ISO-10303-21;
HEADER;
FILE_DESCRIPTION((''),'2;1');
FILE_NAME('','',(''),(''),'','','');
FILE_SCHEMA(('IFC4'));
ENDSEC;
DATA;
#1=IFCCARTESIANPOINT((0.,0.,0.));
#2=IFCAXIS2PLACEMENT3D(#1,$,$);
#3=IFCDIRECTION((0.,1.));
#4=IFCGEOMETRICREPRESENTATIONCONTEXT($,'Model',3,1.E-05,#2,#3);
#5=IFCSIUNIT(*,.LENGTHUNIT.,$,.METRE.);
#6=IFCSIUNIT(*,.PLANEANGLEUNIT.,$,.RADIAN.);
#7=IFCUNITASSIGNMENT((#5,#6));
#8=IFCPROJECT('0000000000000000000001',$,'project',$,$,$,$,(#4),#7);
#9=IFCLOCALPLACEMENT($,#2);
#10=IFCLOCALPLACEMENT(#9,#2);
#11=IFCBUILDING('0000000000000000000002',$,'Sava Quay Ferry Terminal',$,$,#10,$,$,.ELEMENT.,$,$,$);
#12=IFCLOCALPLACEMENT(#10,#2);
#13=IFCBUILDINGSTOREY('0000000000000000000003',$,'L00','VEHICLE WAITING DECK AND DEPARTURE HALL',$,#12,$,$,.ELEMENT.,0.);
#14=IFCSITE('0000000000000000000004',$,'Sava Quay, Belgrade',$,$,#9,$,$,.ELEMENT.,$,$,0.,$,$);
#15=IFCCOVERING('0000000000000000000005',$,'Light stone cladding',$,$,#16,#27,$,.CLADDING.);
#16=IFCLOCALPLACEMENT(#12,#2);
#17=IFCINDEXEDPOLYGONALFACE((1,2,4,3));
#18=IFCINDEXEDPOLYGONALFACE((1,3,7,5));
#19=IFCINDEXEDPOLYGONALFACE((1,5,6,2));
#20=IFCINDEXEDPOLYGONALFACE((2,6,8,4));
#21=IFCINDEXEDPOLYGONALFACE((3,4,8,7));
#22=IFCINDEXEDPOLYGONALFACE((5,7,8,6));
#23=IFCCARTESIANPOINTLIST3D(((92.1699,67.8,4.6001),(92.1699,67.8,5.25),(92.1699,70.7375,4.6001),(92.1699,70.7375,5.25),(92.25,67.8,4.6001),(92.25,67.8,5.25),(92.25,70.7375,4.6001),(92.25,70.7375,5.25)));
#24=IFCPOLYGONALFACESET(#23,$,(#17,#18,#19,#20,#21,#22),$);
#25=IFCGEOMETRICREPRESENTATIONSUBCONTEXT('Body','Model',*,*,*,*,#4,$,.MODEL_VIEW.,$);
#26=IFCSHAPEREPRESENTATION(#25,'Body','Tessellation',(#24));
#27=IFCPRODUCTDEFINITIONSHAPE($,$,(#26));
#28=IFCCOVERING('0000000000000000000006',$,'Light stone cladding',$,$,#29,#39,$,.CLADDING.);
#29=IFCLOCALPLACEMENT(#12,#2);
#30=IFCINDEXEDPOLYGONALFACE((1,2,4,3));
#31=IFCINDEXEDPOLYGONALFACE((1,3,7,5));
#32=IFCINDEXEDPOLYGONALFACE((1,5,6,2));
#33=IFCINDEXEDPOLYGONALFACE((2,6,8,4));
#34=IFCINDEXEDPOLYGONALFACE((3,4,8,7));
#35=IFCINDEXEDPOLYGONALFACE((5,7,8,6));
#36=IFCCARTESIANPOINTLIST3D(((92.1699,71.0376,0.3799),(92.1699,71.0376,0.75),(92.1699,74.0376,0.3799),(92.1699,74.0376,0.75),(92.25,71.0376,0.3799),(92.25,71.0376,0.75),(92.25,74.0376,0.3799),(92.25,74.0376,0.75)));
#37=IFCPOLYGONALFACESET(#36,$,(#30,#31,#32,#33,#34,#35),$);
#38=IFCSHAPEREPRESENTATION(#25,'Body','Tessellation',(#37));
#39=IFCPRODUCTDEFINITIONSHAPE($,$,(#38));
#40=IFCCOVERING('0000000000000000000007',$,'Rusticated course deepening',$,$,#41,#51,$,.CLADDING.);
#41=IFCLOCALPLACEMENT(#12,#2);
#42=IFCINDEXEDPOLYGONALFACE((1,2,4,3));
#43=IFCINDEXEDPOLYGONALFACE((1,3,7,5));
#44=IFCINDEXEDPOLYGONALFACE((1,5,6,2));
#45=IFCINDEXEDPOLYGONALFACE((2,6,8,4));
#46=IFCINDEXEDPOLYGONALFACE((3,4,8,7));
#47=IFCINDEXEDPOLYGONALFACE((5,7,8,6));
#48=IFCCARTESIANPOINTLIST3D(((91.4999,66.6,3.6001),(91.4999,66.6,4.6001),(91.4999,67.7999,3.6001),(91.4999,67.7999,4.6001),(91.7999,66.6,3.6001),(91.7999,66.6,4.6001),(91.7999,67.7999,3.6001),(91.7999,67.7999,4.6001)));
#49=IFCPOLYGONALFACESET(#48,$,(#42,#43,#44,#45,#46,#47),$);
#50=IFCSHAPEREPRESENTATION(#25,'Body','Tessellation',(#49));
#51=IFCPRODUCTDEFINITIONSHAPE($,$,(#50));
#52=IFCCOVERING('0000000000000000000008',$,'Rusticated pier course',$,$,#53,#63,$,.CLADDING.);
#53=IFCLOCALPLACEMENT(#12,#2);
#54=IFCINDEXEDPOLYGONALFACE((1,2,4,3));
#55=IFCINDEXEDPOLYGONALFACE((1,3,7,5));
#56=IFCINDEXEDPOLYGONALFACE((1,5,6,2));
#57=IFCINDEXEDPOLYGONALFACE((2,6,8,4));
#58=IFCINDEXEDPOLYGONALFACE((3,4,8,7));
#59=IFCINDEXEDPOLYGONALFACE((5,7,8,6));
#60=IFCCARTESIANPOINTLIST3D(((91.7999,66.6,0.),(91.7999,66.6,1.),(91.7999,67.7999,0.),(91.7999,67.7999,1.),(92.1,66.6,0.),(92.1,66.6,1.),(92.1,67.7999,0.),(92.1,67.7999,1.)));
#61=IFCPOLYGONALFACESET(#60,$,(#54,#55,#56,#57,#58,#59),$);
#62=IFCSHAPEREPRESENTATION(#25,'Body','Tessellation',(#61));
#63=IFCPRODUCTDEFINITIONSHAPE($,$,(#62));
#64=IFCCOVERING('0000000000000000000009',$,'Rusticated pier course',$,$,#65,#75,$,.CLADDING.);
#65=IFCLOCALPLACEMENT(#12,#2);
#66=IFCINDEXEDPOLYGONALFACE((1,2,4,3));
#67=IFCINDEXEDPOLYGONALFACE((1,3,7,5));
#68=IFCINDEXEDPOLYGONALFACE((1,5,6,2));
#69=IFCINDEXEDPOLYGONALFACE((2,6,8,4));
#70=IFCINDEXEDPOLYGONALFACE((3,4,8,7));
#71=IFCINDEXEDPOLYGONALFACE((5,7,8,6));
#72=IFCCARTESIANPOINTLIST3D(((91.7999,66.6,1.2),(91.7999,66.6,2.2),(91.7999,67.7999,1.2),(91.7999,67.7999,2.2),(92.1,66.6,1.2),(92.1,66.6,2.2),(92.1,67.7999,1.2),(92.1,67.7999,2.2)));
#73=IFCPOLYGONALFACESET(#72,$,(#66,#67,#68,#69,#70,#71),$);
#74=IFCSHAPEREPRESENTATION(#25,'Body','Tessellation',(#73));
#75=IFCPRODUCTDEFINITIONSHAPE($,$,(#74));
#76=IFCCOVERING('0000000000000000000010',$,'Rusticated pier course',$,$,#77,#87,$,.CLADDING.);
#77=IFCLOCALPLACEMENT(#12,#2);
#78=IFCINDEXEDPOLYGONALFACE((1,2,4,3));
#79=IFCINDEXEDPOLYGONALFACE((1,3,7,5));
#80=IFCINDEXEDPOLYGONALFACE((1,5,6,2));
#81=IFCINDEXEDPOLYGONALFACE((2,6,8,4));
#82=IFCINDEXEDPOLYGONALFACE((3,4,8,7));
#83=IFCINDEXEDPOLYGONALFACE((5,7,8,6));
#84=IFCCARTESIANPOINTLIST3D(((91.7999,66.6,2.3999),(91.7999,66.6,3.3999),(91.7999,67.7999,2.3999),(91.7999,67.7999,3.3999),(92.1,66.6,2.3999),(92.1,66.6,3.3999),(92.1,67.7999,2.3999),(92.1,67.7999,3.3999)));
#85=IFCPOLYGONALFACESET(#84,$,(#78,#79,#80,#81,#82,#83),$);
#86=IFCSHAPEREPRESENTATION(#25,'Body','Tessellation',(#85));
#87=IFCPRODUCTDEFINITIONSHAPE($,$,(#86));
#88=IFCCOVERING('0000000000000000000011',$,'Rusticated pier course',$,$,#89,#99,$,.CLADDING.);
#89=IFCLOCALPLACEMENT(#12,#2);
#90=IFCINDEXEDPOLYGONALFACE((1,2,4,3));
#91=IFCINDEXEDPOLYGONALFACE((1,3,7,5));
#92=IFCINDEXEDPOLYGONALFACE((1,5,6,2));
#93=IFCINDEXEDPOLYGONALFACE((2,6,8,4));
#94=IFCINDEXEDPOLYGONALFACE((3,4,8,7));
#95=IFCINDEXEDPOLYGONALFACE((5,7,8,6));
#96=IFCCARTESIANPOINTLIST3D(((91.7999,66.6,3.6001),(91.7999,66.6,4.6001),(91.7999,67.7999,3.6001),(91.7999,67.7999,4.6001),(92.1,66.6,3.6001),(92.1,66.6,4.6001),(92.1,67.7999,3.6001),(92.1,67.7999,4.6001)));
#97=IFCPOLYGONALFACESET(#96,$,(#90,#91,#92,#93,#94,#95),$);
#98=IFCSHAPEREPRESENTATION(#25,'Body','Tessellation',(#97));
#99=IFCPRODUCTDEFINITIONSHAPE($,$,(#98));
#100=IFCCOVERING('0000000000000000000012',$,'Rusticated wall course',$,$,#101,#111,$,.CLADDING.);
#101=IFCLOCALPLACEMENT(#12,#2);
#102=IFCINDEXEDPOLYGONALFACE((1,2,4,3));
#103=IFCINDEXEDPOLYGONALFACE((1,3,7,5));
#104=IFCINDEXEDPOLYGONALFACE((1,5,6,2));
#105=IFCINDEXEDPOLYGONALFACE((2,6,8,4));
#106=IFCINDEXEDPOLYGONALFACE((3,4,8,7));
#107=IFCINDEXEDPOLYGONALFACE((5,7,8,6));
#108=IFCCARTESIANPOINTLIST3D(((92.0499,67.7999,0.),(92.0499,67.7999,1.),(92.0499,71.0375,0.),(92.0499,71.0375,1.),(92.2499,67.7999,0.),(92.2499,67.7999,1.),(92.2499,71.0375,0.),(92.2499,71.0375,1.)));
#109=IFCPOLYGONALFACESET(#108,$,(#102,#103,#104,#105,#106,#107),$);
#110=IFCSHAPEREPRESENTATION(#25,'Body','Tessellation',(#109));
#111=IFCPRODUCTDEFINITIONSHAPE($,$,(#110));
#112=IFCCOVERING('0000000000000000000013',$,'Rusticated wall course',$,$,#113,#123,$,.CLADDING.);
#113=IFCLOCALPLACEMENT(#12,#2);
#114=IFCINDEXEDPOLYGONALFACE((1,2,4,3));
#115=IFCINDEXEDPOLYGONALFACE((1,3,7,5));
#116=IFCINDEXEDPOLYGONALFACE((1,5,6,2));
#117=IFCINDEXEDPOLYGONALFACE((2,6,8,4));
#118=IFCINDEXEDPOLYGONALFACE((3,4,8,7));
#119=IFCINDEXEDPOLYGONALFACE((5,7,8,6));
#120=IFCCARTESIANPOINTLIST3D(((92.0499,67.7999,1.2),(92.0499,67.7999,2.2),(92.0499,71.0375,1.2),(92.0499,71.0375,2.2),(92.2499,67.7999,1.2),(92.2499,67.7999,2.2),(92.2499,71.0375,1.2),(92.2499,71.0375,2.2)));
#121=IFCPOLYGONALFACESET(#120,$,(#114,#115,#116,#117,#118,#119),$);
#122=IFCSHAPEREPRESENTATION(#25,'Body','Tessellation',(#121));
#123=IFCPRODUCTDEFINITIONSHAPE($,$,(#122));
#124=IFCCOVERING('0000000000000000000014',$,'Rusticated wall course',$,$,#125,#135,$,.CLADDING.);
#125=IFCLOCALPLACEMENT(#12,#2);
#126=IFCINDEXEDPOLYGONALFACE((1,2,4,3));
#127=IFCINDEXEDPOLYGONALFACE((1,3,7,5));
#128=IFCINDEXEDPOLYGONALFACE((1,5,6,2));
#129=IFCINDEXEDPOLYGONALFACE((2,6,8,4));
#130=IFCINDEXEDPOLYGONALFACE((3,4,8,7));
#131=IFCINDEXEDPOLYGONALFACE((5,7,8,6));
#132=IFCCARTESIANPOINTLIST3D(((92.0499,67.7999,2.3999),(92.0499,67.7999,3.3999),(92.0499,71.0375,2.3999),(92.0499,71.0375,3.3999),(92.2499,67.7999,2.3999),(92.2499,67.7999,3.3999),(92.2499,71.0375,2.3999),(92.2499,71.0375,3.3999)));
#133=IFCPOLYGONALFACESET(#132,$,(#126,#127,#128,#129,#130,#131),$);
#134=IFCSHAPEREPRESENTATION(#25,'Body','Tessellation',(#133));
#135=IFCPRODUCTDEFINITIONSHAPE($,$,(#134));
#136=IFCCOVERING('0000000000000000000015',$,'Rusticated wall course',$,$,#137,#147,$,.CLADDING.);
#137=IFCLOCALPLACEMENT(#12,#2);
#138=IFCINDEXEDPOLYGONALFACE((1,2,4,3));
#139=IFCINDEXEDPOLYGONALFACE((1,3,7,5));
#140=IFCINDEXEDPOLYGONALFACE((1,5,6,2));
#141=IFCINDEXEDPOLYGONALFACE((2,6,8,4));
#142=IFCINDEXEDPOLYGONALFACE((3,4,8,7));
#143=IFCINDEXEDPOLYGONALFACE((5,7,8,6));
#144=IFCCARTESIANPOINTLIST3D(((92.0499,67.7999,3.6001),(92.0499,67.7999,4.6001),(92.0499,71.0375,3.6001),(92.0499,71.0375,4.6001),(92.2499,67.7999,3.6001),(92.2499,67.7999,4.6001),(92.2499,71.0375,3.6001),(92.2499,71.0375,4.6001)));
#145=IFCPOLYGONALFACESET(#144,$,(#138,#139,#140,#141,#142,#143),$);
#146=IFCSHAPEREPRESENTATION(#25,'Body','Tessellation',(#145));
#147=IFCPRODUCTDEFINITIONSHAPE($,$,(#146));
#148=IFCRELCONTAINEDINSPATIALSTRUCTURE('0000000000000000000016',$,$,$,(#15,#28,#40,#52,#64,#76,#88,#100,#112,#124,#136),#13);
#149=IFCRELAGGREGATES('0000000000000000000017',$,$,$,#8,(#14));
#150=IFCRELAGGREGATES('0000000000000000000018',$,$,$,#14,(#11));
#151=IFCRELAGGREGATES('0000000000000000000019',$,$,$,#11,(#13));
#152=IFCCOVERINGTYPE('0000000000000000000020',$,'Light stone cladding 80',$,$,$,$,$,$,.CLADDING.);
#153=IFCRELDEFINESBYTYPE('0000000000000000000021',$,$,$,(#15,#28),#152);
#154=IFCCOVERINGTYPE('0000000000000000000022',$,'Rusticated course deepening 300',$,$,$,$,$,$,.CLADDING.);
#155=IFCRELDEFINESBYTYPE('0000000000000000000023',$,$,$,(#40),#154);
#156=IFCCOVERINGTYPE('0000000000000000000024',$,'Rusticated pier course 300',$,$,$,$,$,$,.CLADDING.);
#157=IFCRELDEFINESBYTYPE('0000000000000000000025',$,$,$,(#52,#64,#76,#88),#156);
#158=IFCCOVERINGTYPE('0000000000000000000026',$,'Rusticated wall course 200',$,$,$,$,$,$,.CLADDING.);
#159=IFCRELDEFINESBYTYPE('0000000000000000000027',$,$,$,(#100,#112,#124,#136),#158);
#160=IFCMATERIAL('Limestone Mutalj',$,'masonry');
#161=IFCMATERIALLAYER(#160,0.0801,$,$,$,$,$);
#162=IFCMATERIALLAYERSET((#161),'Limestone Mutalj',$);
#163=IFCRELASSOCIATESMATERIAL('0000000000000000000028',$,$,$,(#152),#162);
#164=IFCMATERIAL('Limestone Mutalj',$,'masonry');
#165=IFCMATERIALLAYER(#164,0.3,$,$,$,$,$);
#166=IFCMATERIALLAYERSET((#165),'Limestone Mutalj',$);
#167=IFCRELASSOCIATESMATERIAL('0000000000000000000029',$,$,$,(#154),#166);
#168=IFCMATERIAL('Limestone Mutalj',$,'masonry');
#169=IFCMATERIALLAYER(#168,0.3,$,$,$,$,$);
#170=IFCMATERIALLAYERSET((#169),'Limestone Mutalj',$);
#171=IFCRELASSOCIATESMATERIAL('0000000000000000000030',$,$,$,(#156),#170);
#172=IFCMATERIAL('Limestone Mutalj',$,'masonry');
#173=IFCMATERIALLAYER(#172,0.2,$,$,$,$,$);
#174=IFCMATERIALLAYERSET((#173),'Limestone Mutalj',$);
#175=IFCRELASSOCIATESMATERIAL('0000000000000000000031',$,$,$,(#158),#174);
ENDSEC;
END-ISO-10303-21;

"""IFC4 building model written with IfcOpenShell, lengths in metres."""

from ifc_helpers import new_model, si_unit, direction, frame, origin, origin_2d, place, context, subcontext, project, spatial, rectangle, extrude, material, layer, layer_set, type_object, element, save


model = new_model("IFC4")

# Units and contexts
model_context = context("Model", 3, precision=1e-05, world=origin(), true_north=direction((0.0, 1.0)))
body_context = subcontext(model_context, "Body", "Model", "MODEL_VIEW")
ifc_project = project(units=[si_unit("LENGTHUNIT", "METRE"), si_unit("PLANEANGLEUNIT", "RADIAN")], contexts=[model_context])

# Site, building, storey
site_placement = place(None, origin())
site = spatial("IfcSite", under=ifc_project, at=site_placement, Name="Sava Quay, Belgrade", CompositionType="ELEMENT", RefElevation=0.0)
building_placement = place(site_placement, origin())
building = spatial("IfcBuilding", under=site, at=building_placement, Name="Sava Quay Ferry Terminal", CompositionType="ELEMENT")
storey_placement = place(building_placement, origin())
storey = spatial("IfcBuildingStorey", under=building, at=storey_placement, Name="L00", Description="VEHICLE WAITING DECK AND DEPARTURE HALL", CompositionType="ELEMENT", Elevation=0.0)

# Coverings
ifc_material_1 = material(Name="Limestone Mutalj", Category="masonry")
ifc_layer_1 = layer(ifc_material_1, 0.0801)
ifc_layer_set_1 = layer_set([ifc_layer_1], Name="Limestone Mutalj")
covering_type_1 = type_object("IfcCoveringType", Name="Light stone cladding 80", PredefinedType="CLADDING", material=ifc_layer_set_1)
covering_1_placement = place(storey_placement, frame((92.21, 69.2688, 4.6001), z_axis=(0.0, 0.0, 1.0), x_axis=(1.0, 0.0, 0.0)))
element("IfcCovering", 1, at=covering_1_placement, inside=storey, type_object=covering_type_1, Name="Light stone cladding", PredefinedType="CLADDING", context=body_context, shape_type="SweptSolid", body=[
    extrude(rectangle(XDim=0.0801, YDim=2.9375, at=origin_2d()), origin(), (0.0, 0.0, 1.0), 0.6499),
])
covering_2_placement = place(storey_placement, frame((92.21, 72.5376, 0.3799), z_axis=(0.0, 0.0, 1.0), x_axis=(1.0, 0.0, 0.0)))
element("IfcCovering", 2, at=covering_2_placement, inside=storey, type_object=covering_type_1, Name="Light stone cladding", PredefinedType="CLADDING", context=body_context, shape_type="SweptSolid", body=[
    extrude(rectangle(XDim=0.0801, YDim=3.0, at=origin_2d()), origin(), (0.0, 0.0, 1.0), 0.3701),
])
ifc_material_2 = material(Name="Limestone Mutalj", Category="masonry")
ifc_layer_2 = layer(ifc_material_2, 0.3)
ifc_layer_set_2 = layer_set([ifc_layer_2], Name="Limestone Mutalj")
covering_type_2 = type_object("IfcCoveringType", Name="Rusticated course deepening 300", PredefinedType="CLADDING", material=ifc_layer_set_2)
covering_3_placement = place(storey_placement, frame((91.6499, 67.2, 3.6001), z_axis=(0.0, 0.0, 1.0), x_axis=(1.0, 0.0, 0.0)))
element("IfcCovering", 3, at=covering_3_placement, inside=storey, type_object=covering_type_2, Name="Rusticated course deepening", PredefinedType="CLADDING", context=body_context, shape_type="SweptSolid", body=[
    extrude(rectangle(XDim=0.3, YDim=1.2, at=origin_2d()), origin(), (0.0, 0.0, 1.0), 1.0),
])
ifc_material_3 = material(Name="Limestone Mutalj", Category="masonry")
ifc_layer_3 = layer(ifc_material_3, 0.3)
ifc_layer_set_3 = layer_set([ifc_layer_3], Name="Limestone Mutalj")
covering_type_3 = type_object("IfcCoveringType", Name="Rusticated pier course 300", PredefinedType="CLADDING", material=ifc_layer_set_3)
for number, where, z_axis, x_axis, name in (
    (4, (91.95, 67.2, 0.0), (0.0, 0.0, 1.0), (1.0, 0.0, 0.0), "Rusticated pier course"),
    (5, (91.95, 67.2, 1.2), (0.0, 0.0, 1.0), (1.0, 0.0, 0.0), "Rusticated pier course"),
    (6, (91.95, 67.2, 2.3999), (0.0, 0.0, 1.0), (1.0, 0.0, 0.0), "Rusticated pier course"),
    (7, (91.95, 67.2, 3.6001), (0.0, 0.0, 1.0), (1.0, 0.0, 0.0), "Rusticated pier course"),
):
    element("IfcCovering", number, at=place(storey_placement, frame(where, z_axis=z_axis, x_axis=x_axis)), inside=storey, type_object=covering_type_3, Name=name, PredefinedType="CLADDING", context=body_context, shape_type="SweptSolid", body=[
        extrude(rectangle(XDim=0.3, YDim=1.2, at=origin_2d()), origin(), (0.0, 0.0, 1.0), 1.0),
    ])
ifc_material_4 = material(Name="Limestone Mutalj", Category="masonry")
ifc_layer_4 = layer(ifc_material_4, 0.2)
ifc_layer_set_4 = layer_set([ifc_layer_4], Name="Limestone Mutalj")
covering_type_4 = type_object("IfcCoveringType", Name="Rusticated wall course 200", PredefinedType="CLADDING", material=ifc_layer_set_4)
for number, where, z_axis, x_axis, name in (
    (8, (92.1499, 69.4187, 0.0), (0.0, 0.0, 1.0), (1.0, 0.0, 0.0), "Rusticated wall course"),
    (9, (92.1499, 69.4187, 1.2), (0.0, 0.0, 1.0), (1.0, 0.0, 0.0), "Rusticated wall course"),
    (10, (92.1499, 69.4187, 2.3999), (0.0, 0.0, 1.0), (1.0, 0.0, 0.0), "Rusticated wall course"),
    (11, (92.1499, 69.4187, 3.6001), (0.0, 0.0, 1.0), (1.0, 0.0, 0.0), "Rusticated wall course"),
):
    element("IfcCovering", number, at=place(storey_placement, frame(where, z_axis=z_axis, x_axis=x_axis)), inside=storey, type_object=covering_type_4, Name=name, PredefinedType="CLADDING", context=body_context, shape_type="SweptSolid", body=[
        extrude(rectangle(XDim=0.2, YDim=3.2375, at=origin_2d()), origin(), (0.0, 0.0, 1.0), 1.0),
    ])

save(model, "model.ifc")
